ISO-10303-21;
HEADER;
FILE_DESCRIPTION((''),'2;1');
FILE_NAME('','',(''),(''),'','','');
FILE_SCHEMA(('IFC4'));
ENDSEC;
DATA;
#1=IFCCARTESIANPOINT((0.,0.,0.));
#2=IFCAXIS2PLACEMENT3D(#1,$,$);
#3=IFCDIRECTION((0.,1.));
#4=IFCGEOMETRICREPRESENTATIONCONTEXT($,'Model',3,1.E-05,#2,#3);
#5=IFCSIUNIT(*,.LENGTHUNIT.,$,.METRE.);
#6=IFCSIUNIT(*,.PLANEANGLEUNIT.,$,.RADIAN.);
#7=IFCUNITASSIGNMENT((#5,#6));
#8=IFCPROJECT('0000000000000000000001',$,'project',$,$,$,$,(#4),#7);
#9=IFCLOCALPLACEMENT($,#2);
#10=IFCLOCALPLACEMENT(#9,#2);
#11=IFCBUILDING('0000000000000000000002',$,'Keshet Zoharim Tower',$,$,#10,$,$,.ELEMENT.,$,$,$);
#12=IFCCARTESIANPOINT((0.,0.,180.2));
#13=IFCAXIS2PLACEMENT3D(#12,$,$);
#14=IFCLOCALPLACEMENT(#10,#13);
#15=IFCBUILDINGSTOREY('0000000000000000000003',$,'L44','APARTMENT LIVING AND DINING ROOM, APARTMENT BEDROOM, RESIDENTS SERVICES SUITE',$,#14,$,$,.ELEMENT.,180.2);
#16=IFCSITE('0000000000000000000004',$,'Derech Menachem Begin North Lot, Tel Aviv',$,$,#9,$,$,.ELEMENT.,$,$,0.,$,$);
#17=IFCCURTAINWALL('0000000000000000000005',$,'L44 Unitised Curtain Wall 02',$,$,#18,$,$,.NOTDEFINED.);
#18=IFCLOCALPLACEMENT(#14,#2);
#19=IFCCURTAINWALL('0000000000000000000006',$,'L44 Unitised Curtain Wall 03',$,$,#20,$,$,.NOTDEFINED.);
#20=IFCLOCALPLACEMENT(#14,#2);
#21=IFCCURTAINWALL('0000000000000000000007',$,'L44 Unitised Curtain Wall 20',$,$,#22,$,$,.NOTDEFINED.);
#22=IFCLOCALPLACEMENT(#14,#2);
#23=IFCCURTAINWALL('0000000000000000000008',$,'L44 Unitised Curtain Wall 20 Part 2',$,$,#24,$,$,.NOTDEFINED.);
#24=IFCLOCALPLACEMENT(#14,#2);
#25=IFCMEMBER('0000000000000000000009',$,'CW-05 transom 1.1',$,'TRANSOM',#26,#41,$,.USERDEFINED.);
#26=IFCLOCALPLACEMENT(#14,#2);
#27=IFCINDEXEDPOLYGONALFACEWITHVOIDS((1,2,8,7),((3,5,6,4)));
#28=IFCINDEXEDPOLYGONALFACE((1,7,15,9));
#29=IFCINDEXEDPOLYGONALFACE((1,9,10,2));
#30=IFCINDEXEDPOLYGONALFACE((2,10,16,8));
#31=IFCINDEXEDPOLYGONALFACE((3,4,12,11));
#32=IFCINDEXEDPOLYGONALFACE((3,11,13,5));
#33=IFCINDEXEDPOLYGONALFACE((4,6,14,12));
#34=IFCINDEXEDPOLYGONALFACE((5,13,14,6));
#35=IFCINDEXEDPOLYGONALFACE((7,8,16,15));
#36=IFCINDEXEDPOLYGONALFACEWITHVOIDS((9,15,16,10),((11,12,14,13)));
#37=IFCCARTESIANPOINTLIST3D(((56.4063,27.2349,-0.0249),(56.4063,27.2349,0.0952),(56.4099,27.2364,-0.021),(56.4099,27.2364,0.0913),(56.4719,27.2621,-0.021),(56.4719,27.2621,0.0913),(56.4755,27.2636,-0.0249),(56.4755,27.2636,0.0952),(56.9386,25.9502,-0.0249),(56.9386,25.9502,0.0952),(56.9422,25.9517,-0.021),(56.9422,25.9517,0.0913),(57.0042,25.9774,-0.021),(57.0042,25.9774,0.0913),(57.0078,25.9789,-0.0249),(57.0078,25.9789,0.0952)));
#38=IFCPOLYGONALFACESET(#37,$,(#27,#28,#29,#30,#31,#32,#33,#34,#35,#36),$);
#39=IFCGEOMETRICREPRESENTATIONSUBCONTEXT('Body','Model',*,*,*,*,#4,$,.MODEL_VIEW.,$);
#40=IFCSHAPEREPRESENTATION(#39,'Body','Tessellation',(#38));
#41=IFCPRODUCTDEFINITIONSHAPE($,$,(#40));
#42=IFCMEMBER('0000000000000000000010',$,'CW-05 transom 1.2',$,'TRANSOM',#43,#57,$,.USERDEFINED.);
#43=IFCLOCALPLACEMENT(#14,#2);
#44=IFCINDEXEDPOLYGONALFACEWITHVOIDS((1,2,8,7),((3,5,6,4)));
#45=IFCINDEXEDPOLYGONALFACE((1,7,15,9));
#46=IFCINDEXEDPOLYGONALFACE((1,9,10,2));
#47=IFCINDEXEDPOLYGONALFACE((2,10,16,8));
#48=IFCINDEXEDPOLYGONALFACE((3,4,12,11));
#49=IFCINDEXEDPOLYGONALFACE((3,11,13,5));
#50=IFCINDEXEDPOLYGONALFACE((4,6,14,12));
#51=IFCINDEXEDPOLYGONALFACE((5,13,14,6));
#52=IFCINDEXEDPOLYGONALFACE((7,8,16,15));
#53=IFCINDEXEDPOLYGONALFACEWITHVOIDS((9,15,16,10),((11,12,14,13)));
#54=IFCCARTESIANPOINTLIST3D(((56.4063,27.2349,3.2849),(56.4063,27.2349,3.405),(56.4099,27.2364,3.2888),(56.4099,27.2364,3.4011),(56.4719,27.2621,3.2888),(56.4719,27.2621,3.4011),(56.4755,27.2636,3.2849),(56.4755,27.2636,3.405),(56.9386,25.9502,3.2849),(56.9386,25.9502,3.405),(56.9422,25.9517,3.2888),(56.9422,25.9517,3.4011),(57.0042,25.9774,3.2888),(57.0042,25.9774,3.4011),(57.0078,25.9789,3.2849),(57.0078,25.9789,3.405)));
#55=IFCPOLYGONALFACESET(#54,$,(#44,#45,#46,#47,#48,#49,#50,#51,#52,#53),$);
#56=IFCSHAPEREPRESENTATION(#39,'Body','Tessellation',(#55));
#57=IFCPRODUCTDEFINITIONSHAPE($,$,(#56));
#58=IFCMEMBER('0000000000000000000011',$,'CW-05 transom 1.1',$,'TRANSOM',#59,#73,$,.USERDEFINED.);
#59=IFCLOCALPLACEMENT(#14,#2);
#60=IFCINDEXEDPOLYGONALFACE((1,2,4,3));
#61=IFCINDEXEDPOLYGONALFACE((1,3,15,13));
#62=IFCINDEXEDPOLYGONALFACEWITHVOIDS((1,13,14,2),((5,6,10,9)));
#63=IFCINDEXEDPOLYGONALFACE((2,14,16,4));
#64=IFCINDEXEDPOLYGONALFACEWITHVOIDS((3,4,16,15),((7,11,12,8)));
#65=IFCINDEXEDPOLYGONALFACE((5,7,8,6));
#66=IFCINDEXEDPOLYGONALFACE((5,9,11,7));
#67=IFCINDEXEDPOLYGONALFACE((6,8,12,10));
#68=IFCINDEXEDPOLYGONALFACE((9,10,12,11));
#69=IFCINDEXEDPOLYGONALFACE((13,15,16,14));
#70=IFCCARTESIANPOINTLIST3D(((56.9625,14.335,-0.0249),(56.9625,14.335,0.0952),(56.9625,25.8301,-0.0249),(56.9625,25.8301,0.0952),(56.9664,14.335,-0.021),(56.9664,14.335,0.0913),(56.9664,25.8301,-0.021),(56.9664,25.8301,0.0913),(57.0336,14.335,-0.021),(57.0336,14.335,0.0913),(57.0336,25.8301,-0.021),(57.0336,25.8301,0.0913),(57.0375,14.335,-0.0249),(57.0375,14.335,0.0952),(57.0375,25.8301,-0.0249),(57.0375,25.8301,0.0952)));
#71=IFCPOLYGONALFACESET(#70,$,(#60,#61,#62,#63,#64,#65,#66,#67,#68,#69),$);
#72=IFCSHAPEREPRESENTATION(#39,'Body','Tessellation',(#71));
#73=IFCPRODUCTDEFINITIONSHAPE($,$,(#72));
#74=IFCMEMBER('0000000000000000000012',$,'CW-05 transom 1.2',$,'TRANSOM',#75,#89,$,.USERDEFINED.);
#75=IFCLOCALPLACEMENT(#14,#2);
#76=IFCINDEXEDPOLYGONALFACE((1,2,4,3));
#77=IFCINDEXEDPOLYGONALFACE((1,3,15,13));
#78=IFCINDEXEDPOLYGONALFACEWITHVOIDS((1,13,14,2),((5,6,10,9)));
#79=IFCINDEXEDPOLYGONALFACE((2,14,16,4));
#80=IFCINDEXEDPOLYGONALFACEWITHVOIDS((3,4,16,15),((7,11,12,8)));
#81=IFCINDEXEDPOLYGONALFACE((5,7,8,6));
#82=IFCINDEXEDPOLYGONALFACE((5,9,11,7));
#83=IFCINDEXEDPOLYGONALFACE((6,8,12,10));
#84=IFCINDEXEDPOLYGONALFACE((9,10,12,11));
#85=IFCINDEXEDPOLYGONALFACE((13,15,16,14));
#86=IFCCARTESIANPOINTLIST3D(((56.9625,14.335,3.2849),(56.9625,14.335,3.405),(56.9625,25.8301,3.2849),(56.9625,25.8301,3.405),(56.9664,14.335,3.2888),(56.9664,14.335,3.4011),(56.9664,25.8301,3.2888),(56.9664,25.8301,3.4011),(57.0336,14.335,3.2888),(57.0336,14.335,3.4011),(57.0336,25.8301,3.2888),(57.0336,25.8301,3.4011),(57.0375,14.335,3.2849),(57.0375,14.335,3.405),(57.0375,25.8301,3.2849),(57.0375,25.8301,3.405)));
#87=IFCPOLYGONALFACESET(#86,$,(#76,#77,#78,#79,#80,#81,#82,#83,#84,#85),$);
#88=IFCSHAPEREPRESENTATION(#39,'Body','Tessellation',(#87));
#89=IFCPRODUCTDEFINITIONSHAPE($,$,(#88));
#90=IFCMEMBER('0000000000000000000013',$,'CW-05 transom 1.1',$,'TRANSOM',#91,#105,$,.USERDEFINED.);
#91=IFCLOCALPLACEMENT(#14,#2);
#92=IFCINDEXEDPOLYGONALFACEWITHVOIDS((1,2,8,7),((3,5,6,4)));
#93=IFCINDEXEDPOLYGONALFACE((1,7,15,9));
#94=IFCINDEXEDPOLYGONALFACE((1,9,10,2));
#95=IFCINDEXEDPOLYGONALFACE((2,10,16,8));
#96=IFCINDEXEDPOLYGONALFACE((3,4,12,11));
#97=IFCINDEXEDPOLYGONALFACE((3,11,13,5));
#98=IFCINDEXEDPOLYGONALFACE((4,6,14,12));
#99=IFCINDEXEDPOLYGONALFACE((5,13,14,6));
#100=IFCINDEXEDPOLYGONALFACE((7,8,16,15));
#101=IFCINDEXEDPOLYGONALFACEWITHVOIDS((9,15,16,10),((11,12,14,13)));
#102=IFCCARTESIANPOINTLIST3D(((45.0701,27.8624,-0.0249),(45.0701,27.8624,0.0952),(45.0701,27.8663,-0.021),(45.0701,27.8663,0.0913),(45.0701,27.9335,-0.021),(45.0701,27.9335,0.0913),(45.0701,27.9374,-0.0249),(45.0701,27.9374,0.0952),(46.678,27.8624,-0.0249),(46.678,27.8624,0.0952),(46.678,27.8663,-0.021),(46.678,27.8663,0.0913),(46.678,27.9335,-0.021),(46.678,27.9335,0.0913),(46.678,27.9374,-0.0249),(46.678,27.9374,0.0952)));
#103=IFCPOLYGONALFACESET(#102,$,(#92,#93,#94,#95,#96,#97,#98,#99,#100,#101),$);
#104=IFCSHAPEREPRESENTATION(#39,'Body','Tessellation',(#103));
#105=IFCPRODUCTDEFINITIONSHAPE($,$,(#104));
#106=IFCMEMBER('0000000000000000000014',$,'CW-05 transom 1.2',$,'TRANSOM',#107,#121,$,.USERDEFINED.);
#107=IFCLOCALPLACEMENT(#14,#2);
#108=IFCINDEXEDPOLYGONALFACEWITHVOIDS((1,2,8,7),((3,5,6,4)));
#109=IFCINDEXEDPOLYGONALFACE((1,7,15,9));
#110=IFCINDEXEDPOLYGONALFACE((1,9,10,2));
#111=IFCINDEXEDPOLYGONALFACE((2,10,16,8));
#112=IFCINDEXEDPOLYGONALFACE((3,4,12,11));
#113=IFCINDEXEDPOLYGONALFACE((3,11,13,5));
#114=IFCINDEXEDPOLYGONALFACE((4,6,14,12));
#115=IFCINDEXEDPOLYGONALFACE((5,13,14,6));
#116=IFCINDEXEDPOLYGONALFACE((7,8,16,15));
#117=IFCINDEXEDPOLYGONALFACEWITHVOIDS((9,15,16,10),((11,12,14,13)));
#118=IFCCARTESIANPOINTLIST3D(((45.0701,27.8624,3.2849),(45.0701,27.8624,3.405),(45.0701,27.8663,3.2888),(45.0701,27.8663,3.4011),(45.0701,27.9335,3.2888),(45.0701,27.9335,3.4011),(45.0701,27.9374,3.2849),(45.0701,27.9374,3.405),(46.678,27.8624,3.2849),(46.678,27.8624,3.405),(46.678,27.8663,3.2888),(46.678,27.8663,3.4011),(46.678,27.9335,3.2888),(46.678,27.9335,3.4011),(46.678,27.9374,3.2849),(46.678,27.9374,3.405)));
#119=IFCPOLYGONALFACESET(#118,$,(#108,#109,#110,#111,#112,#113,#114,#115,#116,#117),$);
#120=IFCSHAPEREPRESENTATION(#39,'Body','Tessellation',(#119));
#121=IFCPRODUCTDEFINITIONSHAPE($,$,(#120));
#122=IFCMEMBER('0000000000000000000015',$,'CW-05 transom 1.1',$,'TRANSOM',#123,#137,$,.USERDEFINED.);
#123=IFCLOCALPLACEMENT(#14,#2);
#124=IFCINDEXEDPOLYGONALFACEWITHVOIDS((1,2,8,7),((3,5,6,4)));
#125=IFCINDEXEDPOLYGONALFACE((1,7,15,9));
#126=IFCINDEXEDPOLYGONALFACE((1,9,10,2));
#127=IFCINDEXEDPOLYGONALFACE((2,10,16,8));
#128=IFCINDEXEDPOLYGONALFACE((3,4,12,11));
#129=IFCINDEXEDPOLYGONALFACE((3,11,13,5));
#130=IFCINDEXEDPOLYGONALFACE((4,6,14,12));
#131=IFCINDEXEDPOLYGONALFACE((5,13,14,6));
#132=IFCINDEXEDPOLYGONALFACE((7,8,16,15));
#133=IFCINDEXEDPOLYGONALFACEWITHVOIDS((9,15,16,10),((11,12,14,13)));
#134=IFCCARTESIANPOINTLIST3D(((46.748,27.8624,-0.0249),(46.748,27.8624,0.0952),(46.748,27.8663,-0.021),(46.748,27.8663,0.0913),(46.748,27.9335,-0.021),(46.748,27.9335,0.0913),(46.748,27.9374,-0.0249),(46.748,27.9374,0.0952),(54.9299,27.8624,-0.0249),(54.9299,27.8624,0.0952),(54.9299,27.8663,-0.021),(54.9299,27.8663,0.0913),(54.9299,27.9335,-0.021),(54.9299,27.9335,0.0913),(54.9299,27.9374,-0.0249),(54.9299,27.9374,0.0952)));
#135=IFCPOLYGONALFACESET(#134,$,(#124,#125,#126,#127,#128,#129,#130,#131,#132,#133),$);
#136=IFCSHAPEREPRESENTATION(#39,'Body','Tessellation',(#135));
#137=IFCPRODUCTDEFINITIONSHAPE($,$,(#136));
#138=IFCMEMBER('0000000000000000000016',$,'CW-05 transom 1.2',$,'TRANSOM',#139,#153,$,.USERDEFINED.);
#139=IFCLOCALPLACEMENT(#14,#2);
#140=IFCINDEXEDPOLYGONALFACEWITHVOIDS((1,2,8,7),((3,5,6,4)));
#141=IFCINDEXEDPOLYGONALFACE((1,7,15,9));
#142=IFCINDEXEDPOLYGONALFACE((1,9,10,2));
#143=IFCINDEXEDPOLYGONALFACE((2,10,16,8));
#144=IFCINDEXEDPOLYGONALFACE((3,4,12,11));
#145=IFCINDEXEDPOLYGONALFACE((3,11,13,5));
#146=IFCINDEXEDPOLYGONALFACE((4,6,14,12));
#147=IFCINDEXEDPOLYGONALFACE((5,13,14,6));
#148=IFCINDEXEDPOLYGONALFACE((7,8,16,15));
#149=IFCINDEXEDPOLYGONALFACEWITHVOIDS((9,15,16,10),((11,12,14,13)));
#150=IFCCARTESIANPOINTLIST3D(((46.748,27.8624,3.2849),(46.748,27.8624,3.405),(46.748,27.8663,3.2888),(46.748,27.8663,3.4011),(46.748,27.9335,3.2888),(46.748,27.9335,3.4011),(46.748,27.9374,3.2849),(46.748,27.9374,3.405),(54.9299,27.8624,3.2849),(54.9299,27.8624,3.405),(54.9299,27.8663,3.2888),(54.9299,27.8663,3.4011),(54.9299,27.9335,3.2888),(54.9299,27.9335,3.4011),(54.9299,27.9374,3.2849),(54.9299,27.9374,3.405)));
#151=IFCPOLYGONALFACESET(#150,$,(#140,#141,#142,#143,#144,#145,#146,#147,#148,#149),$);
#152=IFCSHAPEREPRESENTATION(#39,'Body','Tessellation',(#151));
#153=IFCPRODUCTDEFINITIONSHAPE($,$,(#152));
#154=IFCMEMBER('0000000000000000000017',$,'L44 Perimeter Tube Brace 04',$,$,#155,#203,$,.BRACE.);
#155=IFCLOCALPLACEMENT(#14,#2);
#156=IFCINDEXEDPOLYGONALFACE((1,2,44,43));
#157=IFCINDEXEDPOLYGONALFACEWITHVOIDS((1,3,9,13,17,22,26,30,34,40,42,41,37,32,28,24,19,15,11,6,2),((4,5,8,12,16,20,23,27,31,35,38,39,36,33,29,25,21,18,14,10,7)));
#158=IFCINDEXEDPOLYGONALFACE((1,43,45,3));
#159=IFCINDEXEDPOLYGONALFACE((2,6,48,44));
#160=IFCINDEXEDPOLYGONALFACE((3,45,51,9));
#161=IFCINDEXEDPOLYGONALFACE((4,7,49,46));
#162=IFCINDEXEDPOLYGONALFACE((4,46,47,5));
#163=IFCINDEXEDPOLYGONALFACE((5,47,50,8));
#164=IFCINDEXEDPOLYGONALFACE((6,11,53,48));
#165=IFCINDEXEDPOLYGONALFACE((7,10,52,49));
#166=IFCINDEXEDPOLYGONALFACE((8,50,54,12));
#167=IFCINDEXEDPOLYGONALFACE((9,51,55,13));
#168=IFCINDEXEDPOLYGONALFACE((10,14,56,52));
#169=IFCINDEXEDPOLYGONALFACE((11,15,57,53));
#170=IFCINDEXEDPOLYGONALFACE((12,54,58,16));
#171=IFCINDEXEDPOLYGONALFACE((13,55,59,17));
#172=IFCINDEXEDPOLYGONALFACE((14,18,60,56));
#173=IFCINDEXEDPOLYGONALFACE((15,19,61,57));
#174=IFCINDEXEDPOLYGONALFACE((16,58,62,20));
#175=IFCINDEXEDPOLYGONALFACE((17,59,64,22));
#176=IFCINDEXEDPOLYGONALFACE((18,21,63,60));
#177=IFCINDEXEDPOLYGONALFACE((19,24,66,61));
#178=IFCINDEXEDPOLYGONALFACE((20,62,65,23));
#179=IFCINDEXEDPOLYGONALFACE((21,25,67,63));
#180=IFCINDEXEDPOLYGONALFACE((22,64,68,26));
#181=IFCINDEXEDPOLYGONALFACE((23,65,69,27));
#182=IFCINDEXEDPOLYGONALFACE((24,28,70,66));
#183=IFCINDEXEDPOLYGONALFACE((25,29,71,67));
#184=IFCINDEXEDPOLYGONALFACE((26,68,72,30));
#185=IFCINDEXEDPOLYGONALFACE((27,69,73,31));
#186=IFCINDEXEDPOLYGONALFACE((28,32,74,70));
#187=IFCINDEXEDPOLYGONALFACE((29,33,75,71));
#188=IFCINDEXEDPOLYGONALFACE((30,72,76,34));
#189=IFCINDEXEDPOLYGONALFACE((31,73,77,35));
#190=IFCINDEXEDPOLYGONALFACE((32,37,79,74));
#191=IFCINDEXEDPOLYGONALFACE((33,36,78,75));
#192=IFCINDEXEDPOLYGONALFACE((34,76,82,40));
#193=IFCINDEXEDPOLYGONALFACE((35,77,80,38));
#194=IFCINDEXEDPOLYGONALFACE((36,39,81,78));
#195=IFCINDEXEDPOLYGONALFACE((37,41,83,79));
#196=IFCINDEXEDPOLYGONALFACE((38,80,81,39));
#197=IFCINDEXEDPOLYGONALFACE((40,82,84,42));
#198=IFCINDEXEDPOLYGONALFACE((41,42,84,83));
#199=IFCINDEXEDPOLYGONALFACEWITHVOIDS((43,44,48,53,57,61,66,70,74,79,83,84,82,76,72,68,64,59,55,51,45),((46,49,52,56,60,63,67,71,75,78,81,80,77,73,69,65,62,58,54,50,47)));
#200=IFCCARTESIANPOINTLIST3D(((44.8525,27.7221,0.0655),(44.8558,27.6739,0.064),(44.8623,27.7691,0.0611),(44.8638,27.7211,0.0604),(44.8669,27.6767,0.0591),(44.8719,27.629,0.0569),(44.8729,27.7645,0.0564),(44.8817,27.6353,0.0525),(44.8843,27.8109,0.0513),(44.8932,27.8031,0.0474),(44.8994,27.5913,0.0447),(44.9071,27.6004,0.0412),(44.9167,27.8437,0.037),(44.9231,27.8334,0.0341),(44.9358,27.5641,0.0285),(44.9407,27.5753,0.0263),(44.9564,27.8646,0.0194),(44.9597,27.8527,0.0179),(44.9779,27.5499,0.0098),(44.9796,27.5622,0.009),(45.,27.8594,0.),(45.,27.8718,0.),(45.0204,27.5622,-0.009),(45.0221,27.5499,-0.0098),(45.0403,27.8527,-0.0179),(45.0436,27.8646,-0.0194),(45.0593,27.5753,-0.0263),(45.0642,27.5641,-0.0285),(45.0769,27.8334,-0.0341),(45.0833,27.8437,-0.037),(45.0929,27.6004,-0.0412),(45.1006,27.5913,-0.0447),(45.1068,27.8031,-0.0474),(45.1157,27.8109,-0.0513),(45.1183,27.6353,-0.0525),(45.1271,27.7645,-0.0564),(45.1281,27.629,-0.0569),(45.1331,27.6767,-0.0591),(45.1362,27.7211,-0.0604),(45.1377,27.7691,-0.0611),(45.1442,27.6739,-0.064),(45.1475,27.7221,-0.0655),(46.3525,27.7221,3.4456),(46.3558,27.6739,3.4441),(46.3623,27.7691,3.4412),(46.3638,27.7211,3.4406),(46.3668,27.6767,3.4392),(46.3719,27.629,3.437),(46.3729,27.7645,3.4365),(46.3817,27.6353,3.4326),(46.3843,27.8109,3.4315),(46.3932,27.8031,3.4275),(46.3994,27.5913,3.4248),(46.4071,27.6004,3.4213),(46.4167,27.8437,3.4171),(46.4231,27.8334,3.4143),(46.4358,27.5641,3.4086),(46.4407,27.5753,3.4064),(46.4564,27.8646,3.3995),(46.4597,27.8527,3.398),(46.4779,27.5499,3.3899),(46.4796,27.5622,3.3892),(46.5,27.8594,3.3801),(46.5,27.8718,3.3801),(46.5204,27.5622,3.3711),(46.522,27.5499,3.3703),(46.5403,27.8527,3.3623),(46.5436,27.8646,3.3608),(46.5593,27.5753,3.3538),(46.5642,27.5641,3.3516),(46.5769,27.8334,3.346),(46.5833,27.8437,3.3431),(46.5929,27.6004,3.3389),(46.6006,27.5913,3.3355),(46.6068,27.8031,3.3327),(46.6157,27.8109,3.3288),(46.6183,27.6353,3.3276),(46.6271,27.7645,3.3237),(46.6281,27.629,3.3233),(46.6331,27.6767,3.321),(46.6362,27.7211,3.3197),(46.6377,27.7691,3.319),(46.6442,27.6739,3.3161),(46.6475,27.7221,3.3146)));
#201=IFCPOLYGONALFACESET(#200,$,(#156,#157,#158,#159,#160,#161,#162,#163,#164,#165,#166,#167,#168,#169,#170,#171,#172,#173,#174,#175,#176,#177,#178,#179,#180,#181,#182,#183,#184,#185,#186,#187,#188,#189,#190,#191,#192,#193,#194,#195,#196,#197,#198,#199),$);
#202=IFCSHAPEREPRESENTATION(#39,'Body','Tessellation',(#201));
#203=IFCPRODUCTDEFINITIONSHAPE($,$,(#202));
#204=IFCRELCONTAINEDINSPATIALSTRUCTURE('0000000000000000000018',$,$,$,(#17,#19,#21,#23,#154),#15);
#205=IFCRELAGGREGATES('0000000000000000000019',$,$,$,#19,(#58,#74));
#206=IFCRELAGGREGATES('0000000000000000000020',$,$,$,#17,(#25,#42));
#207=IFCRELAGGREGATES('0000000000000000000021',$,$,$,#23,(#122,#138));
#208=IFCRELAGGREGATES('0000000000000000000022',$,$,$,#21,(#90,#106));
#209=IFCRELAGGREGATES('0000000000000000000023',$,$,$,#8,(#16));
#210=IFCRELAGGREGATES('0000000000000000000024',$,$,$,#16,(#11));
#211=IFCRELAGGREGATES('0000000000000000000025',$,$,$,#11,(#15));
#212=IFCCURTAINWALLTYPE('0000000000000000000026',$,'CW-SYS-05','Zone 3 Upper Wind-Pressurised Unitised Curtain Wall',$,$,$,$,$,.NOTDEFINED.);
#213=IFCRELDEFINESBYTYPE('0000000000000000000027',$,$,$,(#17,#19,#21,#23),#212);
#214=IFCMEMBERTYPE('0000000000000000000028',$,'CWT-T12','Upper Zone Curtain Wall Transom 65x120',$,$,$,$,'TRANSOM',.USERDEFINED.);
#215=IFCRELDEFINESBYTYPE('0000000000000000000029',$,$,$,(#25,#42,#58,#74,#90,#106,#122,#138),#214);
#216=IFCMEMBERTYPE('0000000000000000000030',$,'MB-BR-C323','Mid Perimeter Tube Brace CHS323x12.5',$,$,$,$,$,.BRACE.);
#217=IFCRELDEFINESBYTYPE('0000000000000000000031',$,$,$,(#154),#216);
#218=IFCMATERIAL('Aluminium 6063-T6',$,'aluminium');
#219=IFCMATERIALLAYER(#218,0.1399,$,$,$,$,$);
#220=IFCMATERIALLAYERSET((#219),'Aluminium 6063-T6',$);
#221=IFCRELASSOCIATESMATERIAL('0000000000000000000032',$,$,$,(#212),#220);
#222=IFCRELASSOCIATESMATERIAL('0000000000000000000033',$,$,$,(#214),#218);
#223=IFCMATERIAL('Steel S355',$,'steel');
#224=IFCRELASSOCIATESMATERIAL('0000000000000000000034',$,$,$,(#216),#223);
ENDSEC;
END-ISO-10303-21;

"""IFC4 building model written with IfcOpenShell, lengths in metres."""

from ifc_helpers import new_model, si_unit, direction, frame, origin, origin_2d, place, context, subcontext, project, spatial, hollow_rectangle, hollow_circle, extrude, material, layer, layer_set, material_profile, profile_set, type_object, element, aggregate, save


model = new_model("IFC4")

# Units and contexts
model_context = context("Model", 3, precision=1e-05, world=origin(), true_north=direction((0.0, 1.0)))
body_context = subcontext(model_context, "Body", "Model", "MODEL_VIEW")
ifc_project = project(units=[si_unit("LENGTHUNIT", "METRE"), si_unit("PLANEANGLEUNIT", "RADIAN")], contexts=[model_context])

# Site, building, storey
site_placement = place(None, origin())
site = spatial("IfcSite", under=ifc_project, at=site_placement, Name="Derech Menachem Begin North Lot, Tel Aviv", CompositionType="ELEMENT", RefElevation=0.0)
building_placement = place(site_placement, origin())
building = spatial("IfcBuilding", under=site, at=building_placement, Name="Keshet Zoharim Tower", CompositionType="ELEMENT")
storey_placement = place(building_placement, frame((0.0, 0.0, 180.2)))
storey = spatial("IfcBuildingStorey", under=building, at=storey_placement, Name="L44", Description="APARTMENT LIVING AND DINING ROOM, APARTMENT BEDROOM, RESIDENTS SERVICES SUITE", CompositionType="ELEMENT", Elevation=180.2)

# Shared definitions
ifc_material_1 = material(Name="Steel S355", Category="steel")

# Curtain wall
ifc_material_2 = material(Name="Aluminium 6063-T6", Category="aluminium")
ifc_layer_1 = layer(ifc_material_2, 0.1399)
ifc_layer_set_1 = layer_set([ifc_layer_1], Name="Aluminium 6063-T6")
curtain_wall_type = type_object("IfcCurtainWallType", Name="CW-SYS-05", Description="Zone 3 Upper Wind-Pressurised Unitised Curtain Wall", PredefinedType="NOTDEFINED", material=ifc_layer_set_1)
curtain_wall_1_placement = place(storey_placement, origin())
curtain_wall_1 = element("IfcCurtainWall", 1, at=curtain_wall_1_placement, inside=storey, type_object=curtain_wall_type, Name="L44 Unitised Curtain Wall 02", PredefinedType="NOTDEFINED")

# Curtain wall
curtain_wall_2_placement = place(storey_placement, origin())
curtain_wall_2 = element("IfcCurtainWall", 2, at=curtain_wall_2_placement, inside=storey, type_object=curtain_wall_type, Name="L44 Unitised Curtain Wall 03", PredefinedType="NOTDEFINED")

# Curtain wall
curtain_wall_3_placement = place(storey_placement, origin())
curtain_wall_3 = element("IfcCurtainWall", 3, at=curtain_wall_3_placement, inside=storey, type_object=curtain_wall_type, Name="L44 Unitised Curtain Wall 20", PredefinedType="NOTDEFINED")

# Curtain wall
curtain_wall_4_placement = place(storey_placement, origin())
curtain_wall_4 = element("IfcCurtainWall", 4, at=curtain_wall_4_placement, inside=storey, type_object=curtain_wall_type, Name="L44 Unitised Curtain Wall 20 Part 2", PredefinedType="NOTDEFINED")

# Members
ifc_material_profile_1 = material_profile(ifc_material_2, hollow_rectangle(XDim=0.075, YDim=0.1201, WallThickness=0.0039, at=origin_2d()), Name="TRN-75x120")
ifc_profile_set_1 = profile_set([ifc_material_profile_1], Name="Aluminium 6063-T6")
member_type_1 = type_object("IfcMemberType", Name="CWT-T12", Description="Upper Zone Curtain Wall Transom 65x120", ElementType="TRANSOM", PredefinedType="USERDEFINED", material=ifc_profile_set_1)
member_1_placement = place(storey_placement, frame((56.4409, 27.2493, 0.0352), z_axis=(0.382745, -0.923854, 0.0), x_axis=(0.923854, 0.382745, 0.0)))
member_1 = element("IfcMember", 5, at=member_1_placement, type_object=member_type_1, Name="CW-05 transom 1.1", ObjectType="TRANSOM", PredefinedType="USERDEFINED", context=body_context, shape_type="SweptSolid", body=[
    extrude(hollow_rectangle(XDim=0.075, YDim=0.1201, WallThickness=0.0039, at=origin_2d()), origin(), (0.0, 0.0, 1.0), 1.3906),
])
member_2_placement = place(storey_placement, frame((56.4409, 27.2493, 3.345), z_axis=(0.382745, -0.923854, 0.0), x_axis=(0.923854, 0.382745, 0.0)))
member_2 = element("IfcMember", 6, at=member_2_placement, type_object=member_type_1, Name="CW-05 transom 1.2", ObjectType="TRANSOM", PredefinedType="USERDEFINED", context=body_context, shape_type="SweptSolid", body=[
    extrude(hollow_rectangle(XDim=0.075, YDim=0.1201, WallThickness=0.0039, at=origin_2d()), origin(), (0.0, 0.0, 1.0), 1.3906),
])
member_3_placement = place(storey_placement, frame((57.0, 25.8301, 0.0352), z_axis=(0.0, -1.0, 0.0), x_axis=(1.0, 0.0, 0.0)))
member_3 = element("IfcMember", 7, at=member_3_placement, type_object=member_type_1, Name="CW-05 transom 1.1", ObjectType="TRANSOM", PredefinedType="USERDEFINED", context=body_context, shape_type="SweptSolid", body=[
    extrude(hollow_rectangle(XDim=0.075, YDim=0.1201, WallThickness=0.0039, at=origin_2d()), origin(), (0.0, 0.0, 1.0), 11.4951),
])
member_4_placement = place(storey_placement, frame((57.0, 25.8301, 3.345), z_axis=(0.0, -1.0, 0.0), x_axis=(1.0, 0.0, 0.0)))
member_4 = element("IfcMember", 8, at=member_4_placement, type_object=member_type_1, Name="CW-05 transom 1.2", ObjectType="TRANSOM", PredefinedType="USERDEFINED", context=body_context, shape_type="SweptSolid", body=[
    extrude(hollow_rectangle(XDim=0.075, YDim=0.1201, WallThickness=0.0039, at=origin_2d()), origin(), (0.0, 0.0, 1.0), 11.4951),
])
aggregate(curtain_wall_2, [member_3, member_4])
member_5_placement = place(storey_placement, frame((45.0701, 27.8999, 0.0352), z_axis=(1.0, 0.0, 0.0), x_axis=(0.0, 1.0, 0.0)))
member_5 = element("IfcMember", 9, at=member_5_placement, type_object=member_type_1, Name="CW-05 transom 1.1", ObjectType="TRANSOM", PredefinedType="USERDEFINED", context=body_context, shape_type="SweptSolid", body=[
    extrude(hollow_rectangle(XDim=0.075, YDim=0.1201, WallThickness=0.0039, at=origin_2d()), origin(), (0.0, 0.0, 1.0), 1.6079),
])
member_6_placement = place(storey_placement, frame((45.0701, 27.8999, 3.345), z_axis=(1.0, 0.0, 0.0), x_axis=(0.0, 1.0, 0.0)))
member_6 = element("IfcMember", 10, at=member_6_placement, type_object=member_type_1, Name="CW-05 transom 1.2", ObjectType="TRANSOM", PredefinedType="USERDEFINED", context=body_context, shape_type="SweptSolid", body=[
    extrude(hollow_rectangle(XDim=0.075, YDim=0.1201, WallThickness=0.0039, at=origin_2d()), origin(), (0.0, 0.0, 1.0), 1.6079),
])
member_7_placement = place(storey_placement, frame((46.748, 27.8999, 0.0352), z_axis=(1.0, 0.0, 0.0), x_axis=(0.0, 1.0, 0.0)))
member_7 = element("IfcMember", 11, at=member_7_placement, type_object=member_type_1, Name="CW-05 transom 1.1", ObjectType="TRANSOM", PredefinedType="USERDEFINED", context=body_context, shape_type="SweptSolid", body=[
    extrude(hollow_rectangle(XDim=0.075, YDim=0.1201, WallThickness=0.0039, at=origin_2d()), origin(), (0.0, 0.0, 1.0), 8.1819),
])
member_8_placement = place(storey_placement, frame((46.748, 27.8999, 3.345), z_axis=(1.0, 0.0, 0.0), x_axis=(0.0, 1.0, 0.0)))
member_8 = element("IfcMember", 12, at=member_8_placement, type_object=member_type_1, Name="CW-05 transom 1.2", ObjectType="TRANSOM", PredefinedType="USERDEFINED", context=body_context, shape_type="SweptSolid", body=[
    extrude(hollow_rectangle(XDim=0.075, YDim=0.1201, WallThickness=0.0039, at=origin_2d()), origin(), (0.0, 0.0, 1.0), 8.1819),
])
ifc_material_profile_2 = material_profile(ifc_material_1, hollow_circle(Radius=0.1619, WallThickness=0.0125, at=origin_2d()), Name="CHS323x12.5")
ifc_profile_set_2 = profile_set([ifc_material_profile_2], Name="Steel S355")
member_type_2 = type_object("IfcMemberType", Name="MB-BR-C323", Description="Mid Perimeter Tube Brace CHS323x12.5", PredefinedType="BRACE", material=ifc_profile_set_2)
member_9_placement = place(storey_placement, frame((45.0, 27.71, 0.0), z_axis=(0.405624, 0.0, 0.91404), x_axis=(0.0, 1.0, 0.0)))
element("IfcMember", 13, at=member_9_placement, inside=storey, type_object=member_type_2, Name="L44 Perimeter Tube Brace 04", PredefinedType="BRACE", context=body_context, shape_type="SweptSolid", body=[
    extrude(hollow_circle(Radius=0.1619, WallThickness=0.0125, at=origin_2d()), origin(), (0.0, 0.0, 1.0), 3.698),
])

aggregate(curtain_wall_1, [member_1, member_2])
aggregate(curtain_wall_4, [member_7, member_8])
aggregate(curtain_wall_3, [member_5, member_6])

save(model, "model.ifc")
